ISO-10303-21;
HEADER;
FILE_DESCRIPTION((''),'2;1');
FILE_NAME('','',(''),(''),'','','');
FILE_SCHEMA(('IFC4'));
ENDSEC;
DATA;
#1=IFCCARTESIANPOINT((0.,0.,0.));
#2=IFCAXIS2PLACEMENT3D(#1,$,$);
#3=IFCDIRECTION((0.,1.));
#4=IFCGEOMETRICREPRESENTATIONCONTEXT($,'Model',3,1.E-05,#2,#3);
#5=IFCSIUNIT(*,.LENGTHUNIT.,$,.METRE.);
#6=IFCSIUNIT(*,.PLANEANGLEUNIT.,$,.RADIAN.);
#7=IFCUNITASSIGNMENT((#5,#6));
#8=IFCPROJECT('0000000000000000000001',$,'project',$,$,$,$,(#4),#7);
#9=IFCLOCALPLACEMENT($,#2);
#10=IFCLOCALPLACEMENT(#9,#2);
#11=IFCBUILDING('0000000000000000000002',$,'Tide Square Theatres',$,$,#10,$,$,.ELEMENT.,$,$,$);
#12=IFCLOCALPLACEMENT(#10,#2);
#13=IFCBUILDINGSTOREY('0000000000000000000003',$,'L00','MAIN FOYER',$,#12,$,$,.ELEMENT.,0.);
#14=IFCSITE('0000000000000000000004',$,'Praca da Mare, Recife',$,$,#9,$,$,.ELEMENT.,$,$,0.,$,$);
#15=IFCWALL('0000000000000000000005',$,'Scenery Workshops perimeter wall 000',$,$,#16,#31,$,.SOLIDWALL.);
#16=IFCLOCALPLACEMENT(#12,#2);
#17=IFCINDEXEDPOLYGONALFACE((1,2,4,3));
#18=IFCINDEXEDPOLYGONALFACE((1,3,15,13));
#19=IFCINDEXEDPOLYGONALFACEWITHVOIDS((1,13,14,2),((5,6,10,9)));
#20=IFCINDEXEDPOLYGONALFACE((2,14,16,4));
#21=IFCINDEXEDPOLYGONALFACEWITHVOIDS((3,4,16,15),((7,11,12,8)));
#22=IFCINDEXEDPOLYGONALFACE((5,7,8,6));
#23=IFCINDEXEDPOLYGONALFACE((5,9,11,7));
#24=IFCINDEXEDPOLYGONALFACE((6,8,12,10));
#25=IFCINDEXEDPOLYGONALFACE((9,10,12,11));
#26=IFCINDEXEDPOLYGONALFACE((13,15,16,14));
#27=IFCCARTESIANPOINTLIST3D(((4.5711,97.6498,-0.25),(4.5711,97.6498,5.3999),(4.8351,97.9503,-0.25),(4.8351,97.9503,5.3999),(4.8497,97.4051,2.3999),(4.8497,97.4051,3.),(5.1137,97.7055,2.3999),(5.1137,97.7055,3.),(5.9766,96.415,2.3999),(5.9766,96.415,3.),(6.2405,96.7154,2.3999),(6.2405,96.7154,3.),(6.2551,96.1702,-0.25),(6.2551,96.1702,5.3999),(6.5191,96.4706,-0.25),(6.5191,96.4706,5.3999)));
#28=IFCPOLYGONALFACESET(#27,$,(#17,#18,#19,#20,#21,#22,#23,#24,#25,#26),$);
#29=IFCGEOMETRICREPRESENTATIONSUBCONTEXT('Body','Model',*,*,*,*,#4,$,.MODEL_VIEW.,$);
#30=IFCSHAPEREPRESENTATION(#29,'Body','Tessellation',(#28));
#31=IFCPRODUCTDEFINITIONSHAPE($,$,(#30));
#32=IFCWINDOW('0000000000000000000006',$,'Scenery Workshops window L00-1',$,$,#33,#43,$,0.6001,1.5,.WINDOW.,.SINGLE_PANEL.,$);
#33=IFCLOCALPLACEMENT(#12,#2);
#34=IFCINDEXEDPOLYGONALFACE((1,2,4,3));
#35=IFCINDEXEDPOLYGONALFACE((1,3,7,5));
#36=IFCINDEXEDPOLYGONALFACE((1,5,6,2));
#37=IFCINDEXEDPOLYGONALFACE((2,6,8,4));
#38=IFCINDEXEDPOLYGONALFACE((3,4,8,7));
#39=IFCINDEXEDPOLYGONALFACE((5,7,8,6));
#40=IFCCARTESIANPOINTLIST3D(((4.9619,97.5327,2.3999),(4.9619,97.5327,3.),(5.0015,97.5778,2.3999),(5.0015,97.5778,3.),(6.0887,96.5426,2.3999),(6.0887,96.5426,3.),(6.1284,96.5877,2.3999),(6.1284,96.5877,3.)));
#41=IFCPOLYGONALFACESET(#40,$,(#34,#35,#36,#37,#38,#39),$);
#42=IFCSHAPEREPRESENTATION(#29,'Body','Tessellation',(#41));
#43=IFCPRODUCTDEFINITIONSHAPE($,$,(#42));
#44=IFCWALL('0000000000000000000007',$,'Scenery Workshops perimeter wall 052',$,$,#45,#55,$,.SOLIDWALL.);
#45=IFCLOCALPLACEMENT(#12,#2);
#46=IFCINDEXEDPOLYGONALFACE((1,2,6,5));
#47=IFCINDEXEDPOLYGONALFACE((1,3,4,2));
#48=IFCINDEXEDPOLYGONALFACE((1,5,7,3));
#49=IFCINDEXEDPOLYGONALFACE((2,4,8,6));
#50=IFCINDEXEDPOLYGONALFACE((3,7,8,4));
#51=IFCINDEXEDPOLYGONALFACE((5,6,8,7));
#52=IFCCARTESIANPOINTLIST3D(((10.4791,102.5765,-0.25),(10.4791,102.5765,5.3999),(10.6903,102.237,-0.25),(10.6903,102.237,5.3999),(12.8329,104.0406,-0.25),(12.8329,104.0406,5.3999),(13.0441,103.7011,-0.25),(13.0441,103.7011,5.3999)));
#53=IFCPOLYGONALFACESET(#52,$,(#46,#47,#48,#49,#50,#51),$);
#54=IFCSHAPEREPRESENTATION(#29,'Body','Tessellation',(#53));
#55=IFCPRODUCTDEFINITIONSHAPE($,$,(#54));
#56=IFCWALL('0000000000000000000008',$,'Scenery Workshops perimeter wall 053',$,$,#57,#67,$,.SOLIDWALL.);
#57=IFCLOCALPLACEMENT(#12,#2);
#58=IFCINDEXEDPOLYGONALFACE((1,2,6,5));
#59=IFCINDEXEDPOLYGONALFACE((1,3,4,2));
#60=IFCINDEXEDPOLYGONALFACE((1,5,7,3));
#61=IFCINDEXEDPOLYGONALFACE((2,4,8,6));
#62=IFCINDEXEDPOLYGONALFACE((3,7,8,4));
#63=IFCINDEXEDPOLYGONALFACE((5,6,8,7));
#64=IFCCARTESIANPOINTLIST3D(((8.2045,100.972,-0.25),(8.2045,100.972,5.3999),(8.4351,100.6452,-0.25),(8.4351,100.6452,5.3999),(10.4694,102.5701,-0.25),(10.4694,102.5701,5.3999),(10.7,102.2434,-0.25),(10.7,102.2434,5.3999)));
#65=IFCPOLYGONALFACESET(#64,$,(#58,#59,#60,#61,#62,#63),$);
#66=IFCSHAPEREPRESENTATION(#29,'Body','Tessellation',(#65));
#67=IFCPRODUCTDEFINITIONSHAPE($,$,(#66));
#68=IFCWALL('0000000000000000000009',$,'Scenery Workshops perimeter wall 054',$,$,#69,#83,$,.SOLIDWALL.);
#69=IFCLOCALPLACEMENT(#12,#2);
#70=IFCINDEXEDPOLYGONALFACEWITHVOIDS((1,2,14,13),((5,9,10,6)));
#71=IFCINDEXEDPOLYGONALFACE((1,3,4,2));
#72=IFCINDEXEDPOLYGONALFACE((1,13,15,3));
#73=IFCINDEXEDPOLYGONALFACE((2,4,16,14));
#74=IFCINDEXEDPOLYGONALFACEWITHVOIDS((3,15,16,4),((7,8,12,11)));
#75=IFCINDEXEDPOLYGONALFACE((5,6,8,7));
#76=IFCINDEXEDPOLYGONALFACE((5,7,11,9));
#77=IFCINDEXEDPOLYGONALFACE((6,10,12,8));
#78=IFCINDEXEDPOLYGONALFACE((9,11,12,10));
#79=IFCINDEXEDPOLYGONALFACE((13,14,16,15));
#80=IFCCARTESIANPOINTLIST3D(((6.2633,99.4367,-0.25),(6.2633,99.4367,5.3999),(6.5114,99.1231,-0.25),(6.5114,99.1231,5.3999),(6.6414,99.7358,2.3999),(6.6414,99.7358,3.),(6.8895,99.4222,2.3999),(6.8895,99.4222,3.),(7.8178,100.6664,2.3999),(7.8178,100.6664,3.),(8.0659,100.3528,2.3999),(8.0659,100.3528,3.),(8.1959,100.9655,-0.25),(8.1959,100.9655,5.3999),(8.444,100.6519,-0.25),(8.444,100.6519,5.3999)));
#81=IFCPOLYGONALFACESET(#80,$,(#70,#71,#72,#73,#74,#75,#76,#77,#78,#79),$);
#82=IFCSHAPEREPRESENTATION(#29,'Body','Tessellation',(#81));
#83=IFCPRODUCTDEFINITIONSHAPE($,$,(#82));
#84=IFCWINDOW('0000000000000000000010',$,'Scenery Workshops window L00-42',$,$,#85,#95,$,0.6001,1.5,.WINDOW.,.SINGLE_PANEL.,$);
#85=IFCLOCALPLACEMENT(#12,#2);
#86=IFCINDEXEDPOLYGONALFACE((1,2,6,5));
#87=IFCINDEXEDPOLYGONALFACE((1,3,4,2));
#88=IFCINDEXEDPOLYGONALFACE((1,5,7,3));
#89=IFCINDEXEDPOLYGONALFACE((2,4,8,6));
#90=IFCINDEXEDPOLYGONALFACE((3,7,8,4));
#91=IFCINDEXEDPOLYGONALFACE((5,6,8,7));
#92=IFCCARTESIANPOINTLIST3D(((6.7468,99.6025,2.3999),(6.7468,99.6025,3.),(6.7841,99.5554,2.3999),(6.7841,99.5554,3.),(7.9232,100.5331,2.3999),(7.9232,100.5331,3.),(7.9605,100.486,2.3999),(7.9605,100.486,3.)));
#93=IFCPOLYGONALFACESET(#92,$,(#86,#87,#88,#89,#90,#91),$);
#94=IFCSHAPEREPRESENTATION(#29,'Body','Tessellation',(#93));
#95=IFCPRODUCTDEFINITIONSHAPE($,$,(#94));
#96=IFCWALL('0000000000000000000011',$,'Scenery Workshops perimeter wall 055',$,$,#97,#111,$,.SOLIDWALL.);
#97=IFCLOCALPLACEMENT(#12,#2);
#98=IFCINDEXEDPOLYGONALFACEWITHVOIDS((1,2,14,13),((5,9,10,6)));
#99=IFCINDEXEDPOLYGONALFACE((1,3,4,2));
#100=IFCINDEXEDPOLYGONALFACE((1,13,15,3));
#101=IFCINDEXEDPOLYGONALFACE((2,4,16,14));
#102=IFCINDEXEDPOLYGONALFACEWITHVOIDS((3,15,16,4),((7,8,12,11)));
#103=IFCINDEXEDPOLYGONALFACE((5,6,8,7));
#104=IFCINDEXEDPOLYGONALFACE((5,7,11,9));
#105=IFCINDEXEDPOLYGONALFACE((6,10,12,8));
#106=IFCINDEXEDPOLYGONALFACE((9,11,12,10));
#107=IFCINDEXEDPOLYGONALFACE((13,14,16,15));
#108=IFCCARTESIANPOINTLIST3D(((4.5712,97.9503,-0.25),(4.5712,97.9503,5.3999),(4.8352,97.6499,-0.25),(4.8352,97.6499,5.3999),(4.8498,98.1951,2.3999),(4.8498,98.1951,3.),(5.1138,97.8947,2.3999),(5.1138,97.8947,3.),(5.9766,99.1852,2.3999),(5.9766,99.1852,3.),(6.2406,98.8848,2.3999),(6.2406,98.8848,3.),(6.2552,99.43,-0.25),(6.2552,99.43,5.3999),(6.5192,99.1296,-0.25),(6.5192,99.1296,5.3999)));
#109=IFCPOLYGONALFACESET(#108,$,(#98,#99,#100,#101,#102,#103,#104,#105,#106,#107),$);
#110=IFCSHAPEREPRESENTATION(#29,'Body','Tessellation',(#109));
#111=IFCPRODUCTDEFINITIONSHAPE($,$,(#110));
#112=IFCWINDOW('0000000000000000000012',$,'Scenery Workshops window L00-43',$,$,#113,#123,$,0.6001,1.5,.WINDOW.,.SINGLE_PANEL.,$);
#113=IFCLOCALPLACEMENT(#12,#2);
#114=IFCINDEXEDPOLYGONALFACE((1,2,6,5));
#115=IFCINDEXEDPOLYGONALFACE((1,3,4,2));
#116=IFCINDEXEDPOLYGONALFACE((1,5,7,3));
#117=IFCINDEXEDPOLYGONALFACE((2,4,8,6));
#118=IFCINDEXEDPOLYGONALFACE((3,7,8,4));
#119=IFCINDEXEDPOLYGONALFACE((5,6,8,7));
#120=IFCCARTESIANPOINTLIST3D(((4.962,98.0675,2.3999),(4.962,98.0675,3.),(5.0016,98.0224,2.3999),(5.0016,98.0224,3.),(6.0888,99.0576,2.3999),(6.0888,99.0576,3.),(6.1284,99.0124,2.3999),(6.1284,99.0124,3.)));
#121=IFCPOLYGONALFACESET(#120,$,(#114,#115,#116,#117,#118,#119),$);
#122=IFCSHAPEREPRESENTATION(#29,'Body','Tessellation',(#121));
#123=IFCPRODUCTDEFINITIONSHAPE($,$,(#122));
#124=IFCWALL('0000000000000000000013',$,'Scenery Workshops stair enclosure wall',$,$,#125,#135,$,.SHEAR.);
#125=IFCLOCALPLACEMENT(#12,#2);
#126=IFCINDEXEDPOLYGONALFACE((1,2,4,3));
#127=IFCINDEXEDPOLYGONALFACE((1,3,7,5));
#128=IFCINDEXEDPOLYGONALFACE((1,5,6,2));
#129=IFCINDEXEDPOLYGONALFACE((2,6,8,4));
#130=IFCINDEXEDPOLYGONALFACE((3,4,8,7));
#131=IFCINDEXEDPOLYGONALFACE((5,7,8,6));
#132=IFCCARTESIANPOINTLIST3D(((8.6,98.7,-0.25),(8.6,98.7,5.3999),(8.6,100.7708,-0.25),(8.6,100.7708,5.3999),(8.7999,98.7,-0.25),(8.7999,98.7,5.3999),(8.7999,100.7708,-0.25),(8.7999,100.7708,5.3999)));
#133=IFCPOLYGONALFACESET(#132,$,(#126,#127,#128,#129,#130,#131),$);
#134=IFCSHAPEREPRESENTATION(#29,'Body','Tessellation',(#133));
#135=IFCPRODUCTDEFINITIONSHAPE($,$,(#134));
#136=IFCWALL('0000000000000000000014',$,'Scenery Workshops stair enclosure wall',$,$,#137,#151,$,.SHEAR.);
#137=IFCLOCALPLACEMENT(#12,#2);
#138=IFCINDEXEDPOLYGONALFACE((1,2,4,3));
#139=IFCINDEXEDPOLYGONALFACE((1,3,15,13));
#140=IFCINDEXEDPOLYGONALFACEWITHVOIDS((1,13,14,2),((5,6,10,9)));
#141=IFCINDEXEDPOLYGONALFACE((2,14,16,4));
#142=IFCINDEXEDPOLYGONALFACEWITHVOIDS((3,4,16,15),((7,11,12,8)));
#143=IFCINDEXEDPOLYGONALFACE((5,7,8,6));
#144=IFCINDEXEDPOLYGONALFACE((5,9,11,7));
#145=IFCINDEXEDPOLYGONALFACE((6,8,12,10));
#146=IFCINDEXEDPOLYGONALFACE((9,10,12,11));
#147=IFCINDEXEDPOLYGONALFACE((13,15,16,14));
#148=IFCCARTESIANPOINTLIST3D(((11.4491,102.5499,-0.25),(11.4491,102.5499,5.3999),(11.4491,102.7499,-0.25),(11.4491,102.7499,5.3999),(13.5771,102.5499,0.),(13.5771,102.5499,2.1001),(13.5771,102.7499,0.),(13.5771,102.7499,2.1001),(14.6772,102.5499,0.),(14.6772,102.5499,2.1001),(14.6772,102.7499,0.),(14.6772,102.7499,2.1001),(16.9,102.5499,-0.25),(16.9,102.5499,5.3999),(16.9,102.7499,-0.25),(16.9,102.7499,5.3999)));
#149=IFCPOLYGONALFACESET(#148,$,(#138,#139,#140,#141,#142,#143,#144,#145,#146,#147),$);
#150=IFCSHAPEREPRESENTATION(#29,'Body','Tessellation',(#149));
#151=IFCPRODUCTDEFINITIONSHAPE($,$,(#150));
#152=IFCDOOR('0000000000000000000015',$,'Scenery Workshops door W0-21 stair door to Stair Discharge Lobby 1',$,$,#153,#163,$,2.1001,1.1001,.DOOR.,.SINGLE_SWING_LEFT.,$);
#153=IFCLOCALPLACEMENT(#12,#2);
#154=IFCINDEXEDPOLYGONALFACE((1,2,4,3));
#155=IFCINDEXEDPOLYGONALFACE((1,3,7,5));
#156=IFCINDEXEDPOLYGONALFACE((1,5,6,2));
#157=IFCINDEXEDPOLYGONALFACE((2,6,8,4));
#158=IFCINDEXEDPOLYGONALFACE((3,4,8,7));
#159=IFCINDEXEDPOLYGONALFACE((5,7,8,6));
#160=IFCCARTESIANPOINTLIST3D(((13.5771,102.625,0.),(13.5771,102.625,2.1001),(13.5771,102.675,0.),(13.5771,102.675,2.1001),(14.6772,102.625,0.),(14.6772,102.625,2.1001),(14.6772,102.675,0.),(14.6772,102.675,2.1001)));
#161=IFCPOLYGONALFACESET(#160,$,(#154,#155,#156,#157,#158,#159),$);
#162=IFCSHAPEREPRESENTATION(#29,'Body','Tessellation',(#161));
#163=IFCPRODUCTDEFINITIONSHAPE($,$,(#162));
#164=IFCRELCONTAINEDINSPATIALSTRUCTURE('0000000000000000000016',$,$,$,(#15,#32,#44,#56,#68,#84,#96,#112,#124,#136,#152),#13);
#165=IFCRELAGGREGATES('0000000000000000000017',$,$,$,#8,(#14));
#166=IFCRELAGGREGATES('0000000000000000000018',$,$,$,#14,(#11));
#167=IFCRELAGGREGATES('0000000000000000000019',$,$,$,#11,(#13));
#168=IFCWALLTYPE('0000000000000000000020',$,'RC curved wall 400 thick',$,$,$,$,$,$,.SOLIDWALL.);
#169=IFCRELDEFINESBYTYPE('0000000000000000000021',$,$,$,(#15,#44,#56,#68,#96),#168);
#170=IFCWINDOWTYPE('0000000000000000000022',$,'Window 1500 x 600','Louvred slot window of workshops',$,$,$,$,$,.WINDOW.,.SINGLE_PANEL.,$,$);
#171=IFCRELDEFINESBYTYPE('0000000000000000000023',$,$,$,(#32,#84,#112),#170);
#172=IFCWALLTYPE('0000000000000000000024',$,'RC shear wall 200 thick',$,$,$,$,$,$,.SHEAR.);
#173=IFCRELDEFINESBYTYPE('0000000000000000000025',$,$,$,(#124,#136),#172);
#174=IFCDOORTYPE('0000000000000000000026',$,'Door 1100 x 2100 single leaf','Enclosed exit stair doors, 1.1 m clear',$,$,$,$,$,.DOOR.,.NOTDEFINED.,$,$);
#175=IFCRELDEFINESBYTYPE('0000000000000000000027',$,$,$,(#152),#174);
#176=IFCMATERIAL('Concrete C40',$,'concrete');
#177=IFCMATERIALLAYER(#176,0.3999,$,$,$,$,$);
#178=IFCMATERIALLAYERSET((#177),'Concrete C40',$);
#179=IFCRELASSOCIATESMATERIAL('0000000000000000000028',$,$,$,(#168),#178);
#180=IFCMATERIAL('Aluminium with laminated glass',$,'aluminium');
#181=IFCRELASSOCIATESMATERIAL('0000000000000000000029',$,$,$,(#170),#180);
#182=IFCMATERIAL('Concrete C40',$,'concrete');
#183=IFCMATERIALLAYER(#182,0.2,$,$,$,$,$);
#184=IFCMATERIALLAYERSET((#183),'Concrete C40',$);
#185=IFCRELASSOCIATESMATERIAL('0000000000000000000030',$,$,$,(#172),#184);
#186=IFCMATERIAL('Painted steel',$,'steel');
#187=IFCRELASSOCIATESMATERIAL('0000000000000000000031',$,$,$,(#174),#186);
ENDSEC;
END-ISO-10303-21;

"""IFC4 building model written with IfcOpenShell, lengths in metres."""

from ifc_helpers import new_model, si_unit, direction, frame, frame_2d, origin, place, context, subcontext, project, spatial, rectangle, extrude, material, layer, layer_set, type_object, element, fill, save


model = new_model("IFC4")

# Units and contexts
model_context = context("Model", 3, precision=1e-05, world=origin(), true_north=direction((0.0, 1.0)))
body_context = subcontext(model_context, "Body", "Model", "MODEL_VIEW")
ifc_project = project(units=[si_unit("LENGTHUNIT", "METRE"), si_unit("PLANEANGLEUNIT", "RADIAN")], contexts=[model_context])

# Site, building, storey
site_placement = place(None, origin())
site = spatial("IfcSite", under=ifc_project, at=site_placement, Name="Praca da Mare, Recife", CompositionType="ELEMENT", RefElevation=0.0)
building_placement = place(site_placement, origin())
building = spatial("IfcBuilding", under=site, at=building_placement, Name="Tide Square Theatres", CompositionType="ELEMENT")
storey_placement = place(building_placement, origin())
storey = spatial("IfcBuildingStorey", under=building, at=storey_placement, Name="L00", Description="MAIN FOYER", CompositionType="ELEMENT", Elevation=0.0)

# Wall, opening, window
ifc_material_1 = material(Name="Concrete C40", Category="concrete")
ifc_layer_1 = layer(ifc_material_1, 0.3999)
ifc_layer_set_1 = layer_set([ifc_layer_1], Name="Concrete C40")
wall_type_1 = type_object("IfcWallType", Name="RC curved wall 400 thick", PredefinedType="SOLIDWALL", material=ifc_layer_set_1)
wall_1_placement = place(storey_placement, frame((4.7031, 97.8, -0.25), z_axis=(0.0, 0.0, 1.0), x_axis=(0.751212, -0.660061, 0.0)))
wall_1 = element("IfcWall", 1, at=wall_1_placement, inside=storey, type_object=wall_type_1, Name="Scenery Workshops perimeter wall 000", PredefinedType="SOLIDWALL", context=body_context, shape_type="SweptSolid", body=[
    extrude(rectangle(XDim=2.2417, YDim=0.3999, at=frame_2d((1.1208, 0.0))), origin(), (0.0, 0.0, 1.0), 5.6499),
])
opening_1_placement = place(wall_1_placement, frame((0.3708, 0.0, 2.6499)))
opening_1 = element("IfcOpeningElement", 2, at=opening_1_placement, cuts=wall_1, PredefinedType="OPENING", context=body_context, shape_type="SweptSolid", body=[
    extrude(rectangle(XDim=1.5, YDim=0.6001, at=frame_2d((0.75, 0.3))), frame((0.0, 0.21, 0.0), z_axis=(0.0, -1.0, 0.0), x_axis=(1.0, 0.0, 0.0)), (0.0, 0.0, 1.0), 0.4199),
])
ifc_material_2 = material(Name="Aluminium with laminated glass", Category="aluminium")
window_type = type_object("IfcWindowType", Name="Window 1500 x 600", Description="Louvred slot window of workshops", PartitioningType="SINGLE_PANEL", PredefinedType="WINDOW", material=ifc_material_2)
window_1_placement = place(opening_1_placement, origin())
window_1 = element("IfcWindow", 3, at=window_1_placement, inside=storey, type_object=window_type, Name="Scenery Workshops window L00-1", OverallHeight=0.6001, OverallWidth=1.5, PartitioningType="SINGLE_PANEL", PredefinedType="WINDOW", context=body_context, shape_type="SweptSolid", body=[
    extrude(rectangle(XDim=1.5, YDim=0.6001, at=frame_2d((0.75, 0.3))), frame((0.0, 0.03, 0.0), z_axis=(0.0, -1.0, 0.0), x_axis=(1.0, 0.0, 0.0)), (0.0, 0.0, 1.0), 0.0601),
])
fill(opening_1, window_1)

# Walls
for number, where, z_axis, x_axis, name in (
    (4, (12.9385, 103.8708, -0.25), (0.0, 0.0, 1.0), (-0.849129, -0.528185, 0.0), "Scenery Workshops perimeter wall 052"),
    (5, (10.5847, 102.4067, -0.25), (0.0, 0.0, 1.0), (-0.81707, -0.576538, 0.0), "Scenery Workshops perimeter wall 053"),
):
    element("IfcWall", number, at=place(storey_placement, frame(where, z_axis=z_axis, x_axis=x_axis)), inside=storey, type_object=wall_type_1, Name=name, PredefinedType="SOLIDWALL", context=body_context, shape_type="SweptSolid", body=[
        extrude(rectangle(XDim=2.772, YDim=0.3999, at=frame_2d((1.386, 0.0))), origin(), (0.0, 0.0, 1.0), 5.6499),
    ])

# Walls, openings, windows
wall_2_placement = place(storey_placement, frame((8.3198, 100.8086, -0.25), z_axis=(0.0, 0.0, 1.0), x_axis=(-0.784279, -0.620409, 0.0)))
wall_2 = element("IfcWall", 6, at=wall_2_placement, inside=storey, type_object=wall_type_1, Name="Scenery Workshops perimeter wall 054", PredefinedType="SOLIDWALL", context=body_context, shape_type="SweptSolid", body=[
    extrude(rectangle(XDim=2.4641, YDim=0.3999, at=frame_2d((1.2319, 0.0))), origin(), (0.0, 0.0, 1.0), 5.6499),
])
opening_2_placement = place(wall_2_placement, frame((0.4819, 0.0, 2.6499)))
opening_2 = element("IfcOpeningElement", 7, at=opening_2_placement, cuts=wall_2, PredefinedType="OPENING", context=body_context, shape_type="SweptSolid", body=[
    extrude(rectangle(XDim=1.5, YDim=0.6001, at=frame_2d((0.75, 0.3))), frame((0.0, 0.21, 0.0), z_axis=(0.0, -1.0, 0.0), x_axis=(1.0, 0.0, 0.0)), (0.0, 0.0, 1.0), 0.4199),
])
window_2_placement = place(opening_2_placement, origin())
window_2 = element("IfcWindow", 8, at=window_2_placement, inside=storey, type_object=window_type, Name="Scenery Workshops window L00-42", OverallHeight=0.6001, OverallWidth=1.5, PartitioningType="SINGLE_PANEL", PredefinedType="WINDOW", context=body_context, shape_type="SweptSolid", body=[
    extrude(rectangle(XDim=1.5, YDim=0.6001, at=frame_2d((0.75, 0.3))), frame((0.0, 0.03, 0.0), z_axis=(0.0, -1.0, 0.0), x_axis=(1.0, 0.0, 0.0)), (0.0, 0.0, 1.0), 0.0601),
])
fill(opening_2, window_2)
wall_3_placement = place(storey_placement, frame((6.3872, 99.2798, -0.25), z_axis=(0.0, 0.0, 1.0), x_axis=(-0.751212, -0.660061, 0.0)))
wall_3 = element("IfcWall", 9, at=wall_3_placement, inside=storey, type_object=wall_type_1, Name="Scenery Workshops perimeter wall 055", PredefinedType="SOLIDWALL", context=body_context, shape_type="SweptSolid", body=[
    extrude(rectangle(XDim=2.2417, YDim=0.3999, at=frame_2d((1.1208, 0.0))), origin(), (0.0, 0.0, 1.0), 5.6499),
])
opening_3_placement = place(wall_3_placement, frame((0.3708, 0.0, 2.6499)))
opening_3 = element("IfcOpeningElement", 10, at=opening_3_placement, cuts=wall_3, PredefinedType="OPENING", context=body_context, shape_type="SweptSolid", body=[
    extrude(rectangle(XDim=1.5, YDim=0.6001, at=frame_2d((0.75, 0.3))), frame((0.0, 0.21, 0.0), z_axis=(0.0, -1.0, 0.0), x_axis=(1.0, 0.0, 0.0)), (0.0, 0.0, 1.0), 0.4199),
])
window_3_placement = place(opening_3_placement, origin())
window_3 = element("IfcWindow", 11, at=window_3_placement, inside=storey, type_object=window_type, Name="Scenery Workshops window L00-43", OverallHeight=0.6001, OverallWidth=1.5, PartitioningType="SINGLE_PANEL", PredefinedType="WINDOW", context=body_context, shape_type="SweptSolid", body=[
    extrude(rectangle(XDim=1.5, YDim=0.6001, at=frame_2d((0.75, 0.3))), frame((0.0, 0.03, 0.0), z_axis=(0.0, -1.0, 0.0), x_axis=(1.0, 0.0, 0.0)), (0.0, 0.0, 1.0), 0.0601),
])
fill(opening_3, window_3)

# Wall
ifc_material_3 = material(Name="Concrete C40", Category="concrete")
ifc_layer_2 = layer(ifc_material_3, 0.2)
ifc_layer_set_2 = layer_set([ifc_layer_2], Name="Concrete C40")
wall_type_2 = type_object("IfcWallType", Name="RC shear wall 200 thick", PredefinedType="SHEAR", material=ifc_layer_set_2)
wall_4_placement = place(storey_placement, frame((8.7, 98.7, -0.25), z_axis=(0.0, 0.0, 1.0), x_axis=(0.0, 1.0, 0.0)))
element("IfcWall", 12, at=wall_4_placement, inside=storey, type_object=wall_type_2, Name="Scenery Workshops stair enclosure wall", PredefinedType="SHEAR", context=body_context, shape_type="SweptSolid", body=[
    extrude(rectangle(XDim=2.0708, YDim=0.2, at=frame_2d((1.0354, 0.0))), origin(), (0.0, 0.0, 1.0), 5.6499),
])

# Wall, opening, door
wall_5_placement = place(storey_placement, frame((11.449, 102.6499, -0.25), z_axis=(0.0, 0.0, 1.0), x_axis=(1.0, 0.0, 0.0)))
wall_5 = element("IfcWall", 13, at=wall_5_placement, inside=storey, type_object=wall_type_2, Name="Scenery Workshops stair enclosure wall", PredefinedType="SHEAR", context=body_context, shape_type="SweptSolid", body=[
    extrude(rectangle(XDim=5.4509, YDim=0.2, at=frame_2d((2.7256, 0.0))), origin(), (0.0, 0.0, 1.0), 5.6499),
])
opening_4_placement = place(wall_5_placement, frame((2.1282, 0.0, 0.25)))
opening_4 = element("IfcOpeningElement", 14, at=opening_4_placement, cuts=wall_5, PredefinedType="OPENING", context=body_context, shape_type="SweptSolid", body=[
    extrude(rectangle(XDim=1.1001, YDim=2.1001, at=frame_2d((0.55, 1.05))), frame((0.0, 0.1099, 0.0), z_axis=(0.0, -1.0, 0.0), x_axis=(1.0, 0.0, 0.0)), (0.0, 0.0, 1.0), 0.22),
])
ifc_material_4 = material(Name="Painted steel", Category="steel")
door_type_1 = type_object("IfcDoorType", Name="Door 1100 x 2100 single leaf", Description="Enclosed exit stair doors, 1.1 m clear", OperationType="NOTDEFINED", PredefinedType="DOOR", material=ifc_material_4)
door_1_placement = place(opening_4_placement, frame((1.1001, 0.0, 0.0), z_axis=(0.0, 0.0, 1.0), x_axis=(-1.0, 0.0, 0.0)))
door_1 = element("IfcDoor", 15, at=door_1_placement, inside=storey, type_object=door_type_1, Name="Scenery Workshops door W0-21 stair door to Stair Discharge Lobby 1", OperationType="SINGLE_SWING_LEFT", OverallHeight=2.1001, OverallWidth=1.1001, PredefinedType="DOOR", context=body_context, shape_type="SweptSolid", body=[
    extrude(rectangle(XDim=1.1001, YDim=2.1001, at=frame_2d((0.55, 1.05))), frame((0.0, 0.0249, 0.0), z_axis=(0.0, -1.0, 0.0), x_axis=(1.0, 0.0, 0.0)), (0.0, 0.0, 1.0), 0.05),
])
fill(opening_4, door_1)

save(model, "model.ifc")
